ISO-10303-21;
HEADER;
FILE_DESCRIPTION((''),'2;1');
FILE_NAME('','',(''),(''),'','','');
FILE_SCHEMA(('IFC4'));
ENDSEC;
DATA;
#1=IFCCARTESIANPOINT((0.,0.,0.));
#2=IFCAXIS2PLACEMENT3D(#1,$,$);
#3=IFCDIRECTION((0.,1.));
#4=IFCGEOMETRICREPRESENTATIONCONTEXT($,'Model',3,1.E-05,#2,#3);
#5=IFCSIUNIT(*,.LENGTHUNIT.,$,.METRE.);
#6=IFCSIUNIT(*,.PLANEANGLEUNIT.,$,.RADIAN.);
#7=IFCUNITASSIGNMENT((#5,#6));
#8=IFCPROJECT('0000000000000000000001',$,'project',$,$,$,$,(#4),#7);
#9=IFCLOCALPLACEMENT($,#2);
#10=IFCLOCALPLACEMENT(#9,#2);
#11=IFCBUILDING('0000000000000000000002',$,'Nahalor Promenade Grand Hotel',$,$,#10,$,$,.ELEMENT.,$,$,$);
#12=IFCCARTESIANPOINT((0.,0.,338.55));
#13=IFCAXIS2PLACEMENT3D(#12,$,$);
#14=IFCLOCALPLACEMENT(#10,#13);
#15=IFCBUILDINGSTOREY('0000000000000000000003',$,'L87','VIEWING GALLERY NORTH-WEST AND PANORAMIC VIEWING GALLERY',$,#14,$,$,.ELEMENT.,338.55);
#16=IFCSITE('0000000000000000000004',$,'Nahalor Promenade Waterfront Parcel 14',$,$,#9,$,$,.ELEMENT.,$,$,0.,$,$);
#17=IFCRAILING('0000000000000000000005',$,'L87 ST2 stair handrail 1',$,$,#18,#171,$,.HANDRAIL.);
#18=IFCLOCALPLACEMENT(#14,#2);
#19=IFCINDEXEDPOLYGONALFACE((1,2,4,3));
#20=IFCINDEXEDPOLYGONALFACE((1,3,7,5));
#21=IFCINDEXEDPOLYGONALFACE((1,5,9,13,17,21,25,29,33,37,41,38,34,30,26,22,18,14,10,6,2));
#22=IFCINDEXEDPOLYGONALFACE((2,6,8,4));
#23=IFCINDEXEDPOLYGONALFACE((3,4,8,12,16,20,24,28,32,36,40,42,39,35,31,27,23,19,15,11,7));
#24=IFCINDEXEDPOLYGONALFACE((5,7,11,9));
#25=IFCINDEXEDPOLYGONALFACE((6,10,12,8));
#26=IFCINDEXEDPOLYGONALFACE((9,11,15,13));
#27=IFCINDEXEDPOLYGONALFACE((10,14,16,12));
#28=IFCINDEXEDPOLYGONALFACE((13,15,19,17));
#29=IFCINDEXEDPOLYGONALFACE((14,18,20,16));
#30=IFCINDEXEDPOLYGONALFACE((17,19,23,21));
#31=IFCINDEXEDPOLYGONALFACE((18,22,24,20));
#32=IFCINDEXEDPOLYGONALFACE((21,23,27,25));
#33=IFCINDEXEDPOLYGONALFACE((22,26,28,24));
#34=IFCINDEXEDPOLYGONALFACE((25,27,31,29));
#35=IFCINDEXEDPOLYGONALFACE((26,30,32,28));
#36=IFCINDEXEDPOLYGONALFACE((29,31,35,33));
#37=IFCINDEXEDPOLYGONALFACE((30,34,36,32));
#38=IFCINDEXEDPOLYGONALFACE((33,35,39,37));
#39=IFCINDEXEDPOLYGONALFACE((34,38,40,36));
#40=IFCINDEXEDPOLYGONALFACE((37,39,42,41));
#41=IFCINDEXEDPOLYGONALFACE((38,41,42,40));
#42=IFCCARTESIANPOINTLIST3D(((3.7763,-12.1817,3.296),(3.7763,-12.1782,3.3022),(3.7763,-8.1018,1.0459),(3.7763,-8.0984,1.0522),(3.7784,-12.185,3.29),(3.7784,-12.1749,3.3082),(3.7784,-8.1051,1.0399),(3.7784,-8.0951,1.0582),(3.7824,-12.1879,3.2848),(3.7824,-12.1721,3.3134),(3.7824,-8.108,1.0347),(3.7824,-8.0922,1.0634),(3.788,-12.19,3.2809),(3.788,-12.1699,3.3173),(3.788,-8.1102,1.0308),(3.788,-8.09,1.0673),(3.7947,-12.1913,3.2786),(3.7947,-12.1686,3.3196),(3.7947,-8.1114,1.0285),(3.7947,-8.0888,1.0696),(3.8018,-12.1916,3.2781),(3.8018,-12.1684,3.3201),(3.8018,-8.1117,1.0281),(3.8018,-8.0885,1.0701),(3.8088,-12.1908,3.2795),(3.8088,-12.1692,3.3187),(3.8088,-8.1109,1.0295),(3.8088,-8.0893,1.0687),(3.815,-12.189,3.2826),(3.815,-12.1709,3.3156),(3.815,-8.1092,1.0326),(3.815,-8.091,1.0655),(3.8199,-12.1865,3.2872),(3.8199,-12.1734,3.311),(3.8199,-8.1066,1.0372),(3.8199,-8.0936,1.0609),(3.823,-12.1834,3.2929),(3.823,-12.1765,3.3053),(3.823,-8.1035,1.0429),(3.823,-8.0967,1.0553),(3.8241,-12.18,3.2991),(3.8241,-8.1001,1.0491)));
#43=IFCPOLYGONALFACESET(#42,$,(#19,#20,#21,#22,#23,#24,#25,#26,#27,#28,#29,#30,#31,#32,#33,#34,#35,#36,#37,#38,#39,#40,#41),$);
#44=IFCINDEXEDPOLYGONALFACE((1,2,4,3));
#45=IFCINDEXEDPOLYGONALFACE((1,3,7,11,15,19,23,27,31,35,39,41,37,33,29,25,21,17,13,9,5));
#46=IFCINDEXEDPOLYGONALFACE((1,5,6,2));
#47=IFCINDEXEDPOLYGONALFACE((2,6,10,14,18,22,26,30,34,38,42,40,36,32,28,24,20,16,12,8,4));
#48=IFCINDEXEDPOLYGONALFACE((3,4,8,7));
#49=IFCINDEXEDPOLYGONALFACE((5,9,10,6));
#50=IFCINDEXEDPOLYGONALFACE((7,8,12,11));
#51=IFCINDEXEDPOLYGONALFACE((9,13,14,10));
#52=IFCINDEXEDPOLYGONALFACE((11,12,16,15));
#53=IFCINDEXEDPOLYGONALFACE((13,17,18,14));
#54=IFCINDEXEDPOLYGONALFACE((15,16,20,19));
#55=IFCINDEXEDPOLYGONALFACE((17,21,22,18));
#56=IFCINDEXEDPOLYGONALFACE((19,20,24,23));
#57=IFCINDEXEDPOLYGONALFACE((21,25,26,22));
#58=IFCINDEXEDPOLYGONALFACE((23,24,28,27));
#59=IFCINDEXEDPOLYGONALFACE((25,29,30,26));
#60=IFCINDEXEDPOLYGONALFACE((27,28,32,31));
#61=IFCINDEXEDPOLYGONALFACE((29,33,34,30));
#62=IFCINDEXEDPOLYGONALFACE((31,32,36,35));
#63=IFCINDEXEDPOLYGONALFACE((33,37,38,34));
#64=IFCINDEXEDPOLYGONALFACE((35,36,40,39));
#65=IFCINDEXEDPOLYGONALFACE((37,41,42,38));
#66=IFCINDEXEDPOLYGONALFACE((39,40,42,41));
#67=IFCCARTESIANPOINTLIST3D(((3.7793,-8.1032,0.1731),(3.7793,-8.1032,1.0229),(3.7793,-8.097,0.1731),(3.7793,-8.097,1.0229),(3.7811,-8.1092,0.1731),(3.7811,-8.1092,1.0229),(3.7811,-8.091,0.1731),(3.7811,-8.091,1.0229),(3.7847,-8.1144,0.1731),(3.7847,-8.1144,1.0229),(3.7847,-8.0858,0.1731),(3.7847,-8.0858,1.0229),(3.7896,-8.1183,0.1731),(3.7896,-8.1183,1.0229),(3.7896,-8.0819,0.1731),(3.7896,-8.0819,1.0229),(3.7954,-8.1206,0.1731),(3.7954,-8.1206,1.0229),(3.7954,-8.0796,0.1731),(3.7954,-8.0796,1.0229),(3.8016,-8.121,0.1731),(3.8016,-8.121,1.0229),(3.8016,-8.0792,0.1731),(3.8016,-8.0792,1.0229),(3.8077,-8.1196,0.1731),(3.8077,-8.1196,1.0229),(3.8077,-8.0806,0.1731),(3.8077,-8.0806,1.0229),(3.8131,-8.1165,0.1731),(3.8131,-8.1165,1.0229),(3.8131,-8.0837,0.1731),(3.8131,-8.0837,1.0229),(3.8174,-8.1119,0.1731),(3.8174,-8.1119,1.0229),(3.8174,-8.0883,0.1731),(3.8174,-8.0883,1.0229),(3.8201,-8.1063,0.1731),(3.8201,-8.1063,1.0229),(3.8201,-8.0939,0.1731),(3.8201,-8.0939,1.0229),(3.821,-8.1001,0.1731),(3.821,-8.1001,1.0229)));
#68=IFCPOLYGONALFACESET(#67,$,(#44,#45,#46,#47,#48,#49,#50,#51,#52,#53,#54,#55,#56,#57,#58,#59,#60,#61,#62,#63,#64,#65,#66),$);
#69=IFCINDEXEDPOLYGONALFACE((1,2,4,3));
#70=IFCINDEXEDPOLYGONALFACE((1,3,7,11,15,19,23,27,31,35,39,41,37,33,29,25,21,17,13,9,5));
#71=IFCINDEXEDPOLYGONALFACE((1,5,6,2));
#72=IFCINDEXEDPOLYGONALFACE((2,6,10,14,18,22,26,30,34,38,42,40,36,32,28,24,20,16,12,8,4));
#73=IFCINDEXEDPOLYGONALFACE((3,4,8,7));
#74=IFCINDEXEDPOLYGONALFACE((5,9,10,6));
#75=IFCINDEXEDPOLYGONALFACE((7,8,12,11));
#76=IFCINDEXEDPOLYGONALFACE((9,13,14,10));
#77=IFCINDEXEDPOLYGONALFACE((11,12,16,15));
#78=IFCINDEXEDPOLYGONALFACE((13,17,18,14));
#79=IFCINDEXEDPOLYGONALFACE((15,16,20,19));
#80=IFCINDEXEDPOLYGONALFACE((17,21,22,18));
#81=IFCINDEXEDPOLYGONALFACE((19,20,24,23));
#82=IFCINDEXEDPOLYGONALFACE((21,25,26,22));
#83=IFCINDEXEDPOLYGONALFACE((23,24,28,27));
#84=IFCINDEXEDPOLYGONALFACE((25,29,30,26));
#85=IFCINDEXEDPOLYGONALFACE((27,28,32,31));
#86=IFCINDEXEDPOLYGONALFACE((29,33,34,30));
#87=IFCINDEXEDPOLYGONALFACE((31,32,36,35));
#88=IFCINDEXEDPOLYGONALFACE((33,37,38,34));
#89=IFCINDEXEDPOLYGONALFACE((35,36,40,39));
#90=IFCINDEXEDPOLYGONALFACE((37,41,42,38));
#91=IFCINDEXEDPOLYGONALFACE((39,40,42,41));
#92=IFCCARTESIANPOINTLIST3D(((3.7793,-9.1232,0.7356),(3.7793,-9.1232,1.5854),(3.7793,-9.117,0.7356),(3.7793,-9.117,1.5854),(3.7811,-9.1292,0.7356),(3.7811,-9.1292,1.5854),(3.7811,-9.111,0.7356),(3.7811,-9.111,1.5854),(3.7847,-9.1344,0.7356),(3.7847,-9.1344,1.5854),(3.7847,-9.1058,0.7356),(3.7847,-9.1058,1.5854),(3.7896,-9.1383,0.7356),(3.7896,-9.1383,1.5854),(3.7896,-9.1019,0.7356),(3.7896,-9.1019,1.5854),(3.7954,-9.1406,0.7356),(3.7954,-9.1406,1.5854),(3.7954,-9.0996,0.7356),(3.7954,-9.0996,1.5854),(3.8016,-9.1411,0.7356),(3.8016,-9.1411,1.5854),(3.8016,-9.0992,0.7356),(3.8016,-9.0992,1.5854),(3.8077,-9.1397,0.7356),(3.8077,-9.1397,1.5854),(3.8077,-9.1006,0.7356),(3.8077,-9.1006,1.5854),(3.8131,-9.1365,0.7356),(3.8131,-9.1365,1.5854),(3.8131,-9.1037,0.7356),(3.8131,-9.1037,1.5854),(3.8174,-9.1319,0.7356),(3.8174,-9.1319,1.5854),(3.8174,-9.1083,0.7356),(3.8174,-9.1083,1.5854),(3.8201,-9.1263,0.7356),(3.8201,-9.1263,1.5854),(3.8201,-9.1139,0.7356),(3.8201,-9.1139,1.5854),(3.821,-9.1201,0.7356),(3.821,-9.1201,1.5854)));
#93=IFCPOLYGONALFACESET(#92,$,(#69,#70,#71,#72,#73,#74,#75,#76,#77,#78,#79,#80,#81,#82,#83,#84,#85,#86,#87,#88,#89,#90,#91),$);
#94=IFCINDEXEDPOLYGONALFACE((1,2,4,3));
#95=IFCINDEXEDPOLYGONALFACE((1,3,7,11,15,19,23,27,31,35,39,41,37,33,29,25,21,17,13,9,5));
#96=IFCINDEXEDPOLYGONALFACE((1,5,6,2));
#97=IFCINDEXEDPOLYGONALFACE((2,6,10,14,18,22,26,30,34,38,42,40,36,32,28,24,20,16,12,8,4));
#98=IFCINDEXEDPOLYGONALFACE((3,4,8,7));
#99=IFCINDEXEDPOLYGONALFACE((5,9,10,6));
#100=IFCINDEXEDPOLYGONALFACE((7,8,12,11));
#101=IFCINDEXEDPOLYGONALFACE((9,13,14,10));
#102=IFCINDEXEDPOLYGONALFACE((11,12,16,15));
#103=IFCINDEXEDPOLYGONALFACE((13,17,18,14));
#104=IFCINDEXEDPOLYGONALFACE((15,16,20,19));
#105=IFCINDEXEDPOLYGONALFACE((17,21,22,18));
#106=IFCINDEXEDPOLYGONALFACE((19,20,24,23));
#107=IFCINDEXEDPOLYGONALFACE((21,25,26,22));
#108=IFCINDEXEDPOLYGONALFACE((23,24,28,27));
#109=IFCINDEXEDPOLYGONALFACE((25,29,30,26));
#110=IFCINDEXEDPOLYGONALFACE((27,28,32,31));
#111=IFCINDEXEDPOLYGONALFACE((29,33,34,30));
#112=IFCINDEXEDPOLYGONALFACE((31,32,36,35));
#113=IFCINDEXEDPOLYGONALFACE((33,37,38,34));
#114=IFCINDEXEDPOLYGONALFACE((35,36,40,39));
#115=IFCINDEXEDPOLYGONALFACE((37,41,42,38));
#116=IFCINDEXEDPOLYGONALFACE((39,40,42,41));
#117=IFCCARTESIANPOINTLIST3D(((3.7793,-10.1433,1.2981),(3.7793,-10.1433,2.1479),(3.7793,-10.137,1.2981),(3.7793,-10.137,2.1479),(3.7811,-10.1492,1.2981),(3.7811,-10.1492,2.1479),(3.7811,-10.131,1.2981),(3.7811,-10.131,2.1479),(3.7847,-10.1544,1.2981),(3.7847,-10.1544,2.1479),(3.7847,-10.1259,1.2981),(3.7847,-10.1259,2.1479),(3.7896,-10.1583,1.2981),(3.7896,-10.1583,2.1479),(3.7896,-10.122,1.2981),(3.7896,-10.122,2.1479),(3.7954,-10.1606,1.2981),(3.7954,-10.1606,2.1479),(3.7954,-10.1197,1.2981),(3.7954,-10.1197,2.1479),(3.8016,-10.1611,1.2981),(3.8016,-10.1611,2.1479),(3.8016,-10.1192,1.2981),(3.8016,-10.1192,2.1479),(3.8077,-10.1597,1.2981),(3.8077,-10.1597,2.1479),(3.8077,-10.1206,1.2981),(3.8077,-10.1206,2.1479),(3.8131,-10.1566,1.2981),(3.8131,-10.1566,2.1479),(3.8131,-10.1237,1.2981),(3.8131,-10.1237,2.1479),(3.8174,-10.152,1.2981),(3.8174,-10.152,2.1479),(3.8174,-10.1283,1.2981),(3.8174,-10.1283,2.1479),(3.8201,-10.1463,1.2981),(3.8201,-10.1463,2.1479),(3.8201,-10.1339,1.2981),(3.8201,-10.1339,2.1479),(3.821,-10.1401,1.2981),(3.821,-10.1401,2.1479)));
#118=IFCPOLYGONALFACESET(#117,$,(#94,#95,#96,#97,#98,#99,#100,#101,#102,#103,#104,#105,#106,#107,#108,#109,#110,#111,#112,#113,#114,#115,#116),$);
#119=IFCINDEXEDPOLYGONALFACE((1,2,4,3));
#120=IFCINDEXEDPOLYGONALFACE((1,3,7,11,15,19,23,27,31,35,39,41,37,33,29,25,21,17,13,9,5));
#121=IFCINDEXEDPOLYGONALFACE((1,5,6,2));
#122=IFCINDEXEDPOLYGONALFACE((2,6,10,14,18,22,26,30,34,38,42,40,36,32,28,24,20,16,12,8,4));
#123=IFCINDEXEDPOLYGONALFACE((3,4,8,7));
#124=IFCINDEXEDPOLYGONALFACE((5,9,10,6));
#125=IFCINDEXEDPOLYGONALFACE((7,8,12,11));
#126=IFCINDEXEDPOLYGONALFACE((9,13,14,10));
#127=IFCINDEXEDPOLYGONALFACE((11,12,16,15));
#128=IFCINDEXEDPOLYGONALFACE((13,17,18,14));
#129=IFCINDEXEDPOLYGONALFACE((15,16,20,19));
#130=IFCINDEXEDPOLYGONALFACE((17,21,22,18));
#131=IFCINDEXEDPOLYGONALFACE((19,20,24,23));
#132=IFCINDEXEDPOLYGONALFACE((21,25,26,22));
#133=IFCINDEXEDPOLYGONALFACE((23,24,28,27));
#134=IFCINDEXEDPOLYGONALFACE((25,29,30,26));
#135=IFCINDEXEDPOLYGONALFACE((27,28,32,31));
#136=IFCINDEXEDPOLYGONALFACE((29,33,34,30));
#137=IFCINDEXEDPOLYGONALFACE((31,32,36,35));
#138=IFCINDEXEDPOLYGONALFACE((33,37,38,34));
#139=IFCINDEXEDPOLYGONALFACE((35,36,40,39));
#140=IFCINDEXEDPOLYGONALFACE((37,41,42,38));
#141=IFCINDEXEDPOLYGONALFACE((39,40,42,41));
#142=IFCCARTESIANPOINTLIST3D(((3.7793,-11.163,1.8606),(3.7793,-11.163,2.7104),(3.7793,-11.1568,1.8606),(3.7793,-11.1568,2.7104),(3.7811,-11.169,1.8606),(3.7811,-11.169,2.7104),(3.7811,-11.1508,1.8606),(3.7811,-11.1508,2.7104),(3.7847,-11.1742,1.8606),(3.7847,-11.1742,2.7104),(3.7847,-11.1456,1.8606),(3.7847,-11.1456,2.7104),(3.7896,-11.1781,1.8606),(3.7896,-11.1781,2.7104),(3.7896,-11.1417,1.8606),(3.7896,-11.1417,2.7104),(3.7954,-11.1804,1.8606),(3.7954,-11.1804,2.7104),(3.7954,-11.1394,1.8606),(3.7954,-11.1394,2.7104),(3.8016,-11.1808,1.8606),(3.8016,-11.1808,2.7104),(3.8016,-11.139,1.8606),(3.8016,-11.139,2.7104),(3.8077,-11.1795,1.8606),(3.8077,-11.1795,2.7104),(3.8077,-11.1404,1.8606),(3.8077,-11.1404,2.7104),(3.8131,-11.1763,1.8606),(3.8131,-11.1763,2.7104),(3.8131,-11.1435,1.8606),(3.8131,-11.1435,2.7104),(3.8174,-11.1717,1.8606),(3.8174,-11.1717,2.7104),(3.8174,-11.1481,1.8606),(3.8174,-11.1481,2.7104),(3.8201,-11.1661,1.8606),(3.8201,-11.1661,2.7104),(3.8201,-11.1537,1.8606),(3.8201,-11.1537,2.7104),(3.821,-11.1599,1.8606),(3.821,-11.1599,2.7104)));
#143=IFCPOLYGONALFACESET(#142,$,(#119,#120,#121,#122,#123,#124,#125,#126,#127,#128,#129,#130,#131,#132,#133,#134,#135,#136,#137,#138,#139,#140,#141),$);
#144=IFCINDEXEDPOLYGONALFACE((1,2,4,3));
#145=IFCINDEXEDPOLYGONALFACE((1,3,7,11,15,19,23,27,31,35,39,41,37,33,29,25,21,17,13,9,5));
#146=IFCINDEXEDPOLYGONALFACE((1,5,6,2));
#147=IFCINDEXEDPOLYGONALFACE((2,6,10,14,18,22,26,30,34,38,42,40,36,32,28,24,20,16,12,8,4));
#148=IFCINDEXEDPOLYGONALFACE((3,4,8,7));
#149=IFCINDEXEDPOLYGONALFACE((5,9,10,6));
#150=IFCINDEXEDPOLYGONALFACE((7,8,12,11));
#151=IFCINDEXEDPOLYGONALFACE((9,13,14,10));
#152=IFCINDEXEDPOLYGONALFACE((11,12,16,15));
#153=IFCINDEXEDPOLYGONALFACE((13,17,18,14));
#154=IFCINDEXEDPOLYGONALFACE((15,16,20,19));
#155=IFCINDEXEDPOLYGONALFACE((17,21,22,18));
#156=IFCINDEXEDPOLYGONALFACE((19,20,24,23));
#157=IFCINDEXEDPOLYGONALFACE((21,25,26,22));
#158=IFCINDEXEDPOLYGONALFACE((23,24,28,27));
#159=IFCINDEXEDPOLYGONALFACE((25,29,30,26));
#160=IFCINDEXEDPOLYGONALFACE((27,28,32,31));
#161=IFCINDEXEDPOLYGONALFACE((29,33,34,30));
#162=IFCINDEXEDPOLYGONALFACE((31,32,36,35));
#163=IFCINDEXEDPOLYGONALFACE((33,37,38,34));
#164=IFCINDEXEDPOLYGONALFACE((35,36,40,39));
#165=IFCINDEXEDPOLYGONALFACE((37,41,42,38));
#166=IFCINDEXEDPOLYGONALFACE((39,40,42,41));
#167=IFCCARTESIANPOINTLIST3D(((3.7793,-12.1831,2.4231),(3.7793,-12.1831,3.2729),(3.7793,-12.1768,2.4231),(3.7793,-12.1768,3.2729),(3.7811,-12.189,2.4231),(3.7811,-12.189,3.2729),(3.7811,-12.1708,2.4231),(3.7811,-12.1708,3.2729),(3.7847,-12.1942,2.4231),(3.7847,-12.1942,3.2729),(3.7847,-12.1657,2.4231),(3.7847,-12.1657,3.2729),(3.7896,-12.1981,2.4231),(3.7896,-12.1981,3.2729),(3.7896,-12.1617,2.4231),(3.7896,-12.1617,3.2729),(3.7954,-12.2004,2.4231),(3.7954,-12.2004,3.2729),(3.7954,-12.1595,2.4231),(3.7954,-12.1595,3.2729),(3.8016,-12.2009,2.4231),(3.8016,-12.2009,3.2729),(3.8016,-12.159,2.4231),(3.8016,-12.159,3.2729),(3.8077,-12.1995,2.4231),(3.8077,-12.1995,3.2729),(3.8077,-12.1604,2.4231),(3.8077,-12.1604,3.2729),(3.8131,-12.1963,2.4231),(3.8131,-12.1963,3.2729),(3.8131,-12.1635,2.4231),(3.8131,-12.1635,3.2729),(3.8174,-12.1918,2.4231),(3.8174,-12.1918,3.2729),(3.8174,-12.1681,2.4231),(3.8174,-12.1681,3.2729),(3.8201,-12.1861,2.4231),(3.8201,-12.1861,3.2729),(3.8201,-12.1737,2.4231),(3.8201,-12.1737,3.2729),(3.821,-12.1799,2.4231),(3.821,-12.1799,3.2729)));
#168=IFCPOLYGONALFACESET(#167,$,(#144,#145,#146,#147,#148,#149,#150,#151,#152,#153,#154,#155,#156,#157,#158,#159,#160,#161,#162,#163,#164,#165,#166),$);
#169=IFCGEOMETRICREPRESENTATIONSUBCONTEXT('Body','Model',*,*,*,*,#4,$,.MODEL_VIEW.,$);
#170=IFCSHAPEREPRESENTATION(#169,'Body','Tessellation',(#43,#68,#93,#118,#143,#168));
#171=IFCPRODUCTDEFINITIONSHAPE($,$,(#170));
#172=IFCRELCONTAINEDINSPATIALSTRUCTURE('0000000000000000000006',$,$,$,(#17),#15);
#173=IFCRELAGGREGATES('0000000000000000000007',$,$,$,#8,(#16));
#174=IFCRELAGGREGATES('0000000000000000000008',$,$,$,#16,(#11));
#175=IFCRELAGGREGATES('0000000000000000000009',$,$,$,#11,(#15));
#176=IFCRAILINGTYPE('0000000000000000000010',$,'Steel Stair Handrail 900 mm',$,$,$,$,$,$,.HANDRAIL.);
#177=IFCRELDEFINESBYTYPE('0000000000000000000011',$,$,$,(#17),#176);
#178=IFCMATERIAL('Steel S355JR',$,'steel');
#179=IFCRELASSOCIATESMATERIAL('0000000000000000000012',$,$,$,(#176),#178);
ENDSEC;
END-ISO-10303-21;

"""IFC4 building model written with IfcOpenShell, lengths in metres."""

from ifc_helpers import new_model, si_unit, direction, frame, origin, origin_2d, place, context, subcontext, project, spatial, circle, extrude, material, type_object, element, save


model = new_model("IFC4")

# Units and contexts
model_context = context("Model", 3, precision=1e-05, world=origin(), true_north=direction((0.0, 1.0)))
body_context = subcontext(model_context, "Body", "Model", "MODEL_VIEW")
ifc_project = project(units=[si_unit("LENGTHUNIT", "METRE"), si_unit("PLANEANGLEUNIT", "RADIAN")], contexts=[model_context])

# Site, building, storey
site_placement = place(None, origin())
site = spatial("IfcSite", under=ifc_project, at=site_placement, Name="Nahalor Promenade Waterfront Parcel 14", CompositionType="ELEMENT", RefElevation=0.0)
building_placement = place(site_placement, origin())
building = spatial("IfcBuilding", under=site, at=building_placement, Name="Nahalor Promenade Grand Hotel", CompositionType="ELEMENT")
storey_placement = place(building_placement, frame((0.0, 0.0, 338.55)))
storey = spatial("IfcBuildingStorey", under=building, at=storey_placement, Name="L87", Description="VIEWING GALLERY NORTH-WEST AND PANORAMIC VIEWING GALLERY", CompositionType="ELEMENT", Elevation=338.55)

# Shared definitions
ifc_material_1 = material(Name="Steel S355JR", Category="steel")

# Railing
railing_type_1 = type_object("IfcRailingType", Name="Steel Stair Handrail 900 mm", PredefinedType="HANDRAIL", material=ifc_material_1)
railing_1_placement = place(storey_placement, frame((3.8, -8.1001, 0.1731)))
element("IfcRailing", 1, at=railing_1_placement, inside=storey, type_object=railing_type_1, Name="L87 ST2 stair handrail 1", PredefinedType="HANDRAIL", context=body_context, shape_type="SweptSolid", body=[
    extrude(circle(Radius=0.024, at=origin_2d()), frame((0.0, 0.0, 0.876), z_axis=(0.0, -0.875663, 0.482922), x_axis=(1.0, 0.0, 0.0)), (0.0, 0.0, 1.0), 4.6592),
    extrude(circle(Radius=0.021, at=origin_2d()), origin(), (0.0, 0.0, 1.0), 0.8499),
    extrude(circle(Radius=0.021, at=origin_2d()), frame((0.0, -1.02, 0.5625)), (0.0, 0.0, 1.0), 0.8499),
    extrude(circle(Radius=0.021, at=origin_2d()), frame((0.0, -2.04, 1.125)), (0.0, 0.0, 1.0), 0.8499),
    extrude(circle(Radius=0.021, at=origin_2d()), frame((0.0, -3.0598, 1.6875)), (0.0, 0.0, 1.0), 0.8499),
    extrude(circle(Radius=0.021, at=origin_2d()), frame((0.0, -4.0798, 2.25)), (0.0, 0.0, 1.0), 0.8499),
])

save(model, "model.ifc")
